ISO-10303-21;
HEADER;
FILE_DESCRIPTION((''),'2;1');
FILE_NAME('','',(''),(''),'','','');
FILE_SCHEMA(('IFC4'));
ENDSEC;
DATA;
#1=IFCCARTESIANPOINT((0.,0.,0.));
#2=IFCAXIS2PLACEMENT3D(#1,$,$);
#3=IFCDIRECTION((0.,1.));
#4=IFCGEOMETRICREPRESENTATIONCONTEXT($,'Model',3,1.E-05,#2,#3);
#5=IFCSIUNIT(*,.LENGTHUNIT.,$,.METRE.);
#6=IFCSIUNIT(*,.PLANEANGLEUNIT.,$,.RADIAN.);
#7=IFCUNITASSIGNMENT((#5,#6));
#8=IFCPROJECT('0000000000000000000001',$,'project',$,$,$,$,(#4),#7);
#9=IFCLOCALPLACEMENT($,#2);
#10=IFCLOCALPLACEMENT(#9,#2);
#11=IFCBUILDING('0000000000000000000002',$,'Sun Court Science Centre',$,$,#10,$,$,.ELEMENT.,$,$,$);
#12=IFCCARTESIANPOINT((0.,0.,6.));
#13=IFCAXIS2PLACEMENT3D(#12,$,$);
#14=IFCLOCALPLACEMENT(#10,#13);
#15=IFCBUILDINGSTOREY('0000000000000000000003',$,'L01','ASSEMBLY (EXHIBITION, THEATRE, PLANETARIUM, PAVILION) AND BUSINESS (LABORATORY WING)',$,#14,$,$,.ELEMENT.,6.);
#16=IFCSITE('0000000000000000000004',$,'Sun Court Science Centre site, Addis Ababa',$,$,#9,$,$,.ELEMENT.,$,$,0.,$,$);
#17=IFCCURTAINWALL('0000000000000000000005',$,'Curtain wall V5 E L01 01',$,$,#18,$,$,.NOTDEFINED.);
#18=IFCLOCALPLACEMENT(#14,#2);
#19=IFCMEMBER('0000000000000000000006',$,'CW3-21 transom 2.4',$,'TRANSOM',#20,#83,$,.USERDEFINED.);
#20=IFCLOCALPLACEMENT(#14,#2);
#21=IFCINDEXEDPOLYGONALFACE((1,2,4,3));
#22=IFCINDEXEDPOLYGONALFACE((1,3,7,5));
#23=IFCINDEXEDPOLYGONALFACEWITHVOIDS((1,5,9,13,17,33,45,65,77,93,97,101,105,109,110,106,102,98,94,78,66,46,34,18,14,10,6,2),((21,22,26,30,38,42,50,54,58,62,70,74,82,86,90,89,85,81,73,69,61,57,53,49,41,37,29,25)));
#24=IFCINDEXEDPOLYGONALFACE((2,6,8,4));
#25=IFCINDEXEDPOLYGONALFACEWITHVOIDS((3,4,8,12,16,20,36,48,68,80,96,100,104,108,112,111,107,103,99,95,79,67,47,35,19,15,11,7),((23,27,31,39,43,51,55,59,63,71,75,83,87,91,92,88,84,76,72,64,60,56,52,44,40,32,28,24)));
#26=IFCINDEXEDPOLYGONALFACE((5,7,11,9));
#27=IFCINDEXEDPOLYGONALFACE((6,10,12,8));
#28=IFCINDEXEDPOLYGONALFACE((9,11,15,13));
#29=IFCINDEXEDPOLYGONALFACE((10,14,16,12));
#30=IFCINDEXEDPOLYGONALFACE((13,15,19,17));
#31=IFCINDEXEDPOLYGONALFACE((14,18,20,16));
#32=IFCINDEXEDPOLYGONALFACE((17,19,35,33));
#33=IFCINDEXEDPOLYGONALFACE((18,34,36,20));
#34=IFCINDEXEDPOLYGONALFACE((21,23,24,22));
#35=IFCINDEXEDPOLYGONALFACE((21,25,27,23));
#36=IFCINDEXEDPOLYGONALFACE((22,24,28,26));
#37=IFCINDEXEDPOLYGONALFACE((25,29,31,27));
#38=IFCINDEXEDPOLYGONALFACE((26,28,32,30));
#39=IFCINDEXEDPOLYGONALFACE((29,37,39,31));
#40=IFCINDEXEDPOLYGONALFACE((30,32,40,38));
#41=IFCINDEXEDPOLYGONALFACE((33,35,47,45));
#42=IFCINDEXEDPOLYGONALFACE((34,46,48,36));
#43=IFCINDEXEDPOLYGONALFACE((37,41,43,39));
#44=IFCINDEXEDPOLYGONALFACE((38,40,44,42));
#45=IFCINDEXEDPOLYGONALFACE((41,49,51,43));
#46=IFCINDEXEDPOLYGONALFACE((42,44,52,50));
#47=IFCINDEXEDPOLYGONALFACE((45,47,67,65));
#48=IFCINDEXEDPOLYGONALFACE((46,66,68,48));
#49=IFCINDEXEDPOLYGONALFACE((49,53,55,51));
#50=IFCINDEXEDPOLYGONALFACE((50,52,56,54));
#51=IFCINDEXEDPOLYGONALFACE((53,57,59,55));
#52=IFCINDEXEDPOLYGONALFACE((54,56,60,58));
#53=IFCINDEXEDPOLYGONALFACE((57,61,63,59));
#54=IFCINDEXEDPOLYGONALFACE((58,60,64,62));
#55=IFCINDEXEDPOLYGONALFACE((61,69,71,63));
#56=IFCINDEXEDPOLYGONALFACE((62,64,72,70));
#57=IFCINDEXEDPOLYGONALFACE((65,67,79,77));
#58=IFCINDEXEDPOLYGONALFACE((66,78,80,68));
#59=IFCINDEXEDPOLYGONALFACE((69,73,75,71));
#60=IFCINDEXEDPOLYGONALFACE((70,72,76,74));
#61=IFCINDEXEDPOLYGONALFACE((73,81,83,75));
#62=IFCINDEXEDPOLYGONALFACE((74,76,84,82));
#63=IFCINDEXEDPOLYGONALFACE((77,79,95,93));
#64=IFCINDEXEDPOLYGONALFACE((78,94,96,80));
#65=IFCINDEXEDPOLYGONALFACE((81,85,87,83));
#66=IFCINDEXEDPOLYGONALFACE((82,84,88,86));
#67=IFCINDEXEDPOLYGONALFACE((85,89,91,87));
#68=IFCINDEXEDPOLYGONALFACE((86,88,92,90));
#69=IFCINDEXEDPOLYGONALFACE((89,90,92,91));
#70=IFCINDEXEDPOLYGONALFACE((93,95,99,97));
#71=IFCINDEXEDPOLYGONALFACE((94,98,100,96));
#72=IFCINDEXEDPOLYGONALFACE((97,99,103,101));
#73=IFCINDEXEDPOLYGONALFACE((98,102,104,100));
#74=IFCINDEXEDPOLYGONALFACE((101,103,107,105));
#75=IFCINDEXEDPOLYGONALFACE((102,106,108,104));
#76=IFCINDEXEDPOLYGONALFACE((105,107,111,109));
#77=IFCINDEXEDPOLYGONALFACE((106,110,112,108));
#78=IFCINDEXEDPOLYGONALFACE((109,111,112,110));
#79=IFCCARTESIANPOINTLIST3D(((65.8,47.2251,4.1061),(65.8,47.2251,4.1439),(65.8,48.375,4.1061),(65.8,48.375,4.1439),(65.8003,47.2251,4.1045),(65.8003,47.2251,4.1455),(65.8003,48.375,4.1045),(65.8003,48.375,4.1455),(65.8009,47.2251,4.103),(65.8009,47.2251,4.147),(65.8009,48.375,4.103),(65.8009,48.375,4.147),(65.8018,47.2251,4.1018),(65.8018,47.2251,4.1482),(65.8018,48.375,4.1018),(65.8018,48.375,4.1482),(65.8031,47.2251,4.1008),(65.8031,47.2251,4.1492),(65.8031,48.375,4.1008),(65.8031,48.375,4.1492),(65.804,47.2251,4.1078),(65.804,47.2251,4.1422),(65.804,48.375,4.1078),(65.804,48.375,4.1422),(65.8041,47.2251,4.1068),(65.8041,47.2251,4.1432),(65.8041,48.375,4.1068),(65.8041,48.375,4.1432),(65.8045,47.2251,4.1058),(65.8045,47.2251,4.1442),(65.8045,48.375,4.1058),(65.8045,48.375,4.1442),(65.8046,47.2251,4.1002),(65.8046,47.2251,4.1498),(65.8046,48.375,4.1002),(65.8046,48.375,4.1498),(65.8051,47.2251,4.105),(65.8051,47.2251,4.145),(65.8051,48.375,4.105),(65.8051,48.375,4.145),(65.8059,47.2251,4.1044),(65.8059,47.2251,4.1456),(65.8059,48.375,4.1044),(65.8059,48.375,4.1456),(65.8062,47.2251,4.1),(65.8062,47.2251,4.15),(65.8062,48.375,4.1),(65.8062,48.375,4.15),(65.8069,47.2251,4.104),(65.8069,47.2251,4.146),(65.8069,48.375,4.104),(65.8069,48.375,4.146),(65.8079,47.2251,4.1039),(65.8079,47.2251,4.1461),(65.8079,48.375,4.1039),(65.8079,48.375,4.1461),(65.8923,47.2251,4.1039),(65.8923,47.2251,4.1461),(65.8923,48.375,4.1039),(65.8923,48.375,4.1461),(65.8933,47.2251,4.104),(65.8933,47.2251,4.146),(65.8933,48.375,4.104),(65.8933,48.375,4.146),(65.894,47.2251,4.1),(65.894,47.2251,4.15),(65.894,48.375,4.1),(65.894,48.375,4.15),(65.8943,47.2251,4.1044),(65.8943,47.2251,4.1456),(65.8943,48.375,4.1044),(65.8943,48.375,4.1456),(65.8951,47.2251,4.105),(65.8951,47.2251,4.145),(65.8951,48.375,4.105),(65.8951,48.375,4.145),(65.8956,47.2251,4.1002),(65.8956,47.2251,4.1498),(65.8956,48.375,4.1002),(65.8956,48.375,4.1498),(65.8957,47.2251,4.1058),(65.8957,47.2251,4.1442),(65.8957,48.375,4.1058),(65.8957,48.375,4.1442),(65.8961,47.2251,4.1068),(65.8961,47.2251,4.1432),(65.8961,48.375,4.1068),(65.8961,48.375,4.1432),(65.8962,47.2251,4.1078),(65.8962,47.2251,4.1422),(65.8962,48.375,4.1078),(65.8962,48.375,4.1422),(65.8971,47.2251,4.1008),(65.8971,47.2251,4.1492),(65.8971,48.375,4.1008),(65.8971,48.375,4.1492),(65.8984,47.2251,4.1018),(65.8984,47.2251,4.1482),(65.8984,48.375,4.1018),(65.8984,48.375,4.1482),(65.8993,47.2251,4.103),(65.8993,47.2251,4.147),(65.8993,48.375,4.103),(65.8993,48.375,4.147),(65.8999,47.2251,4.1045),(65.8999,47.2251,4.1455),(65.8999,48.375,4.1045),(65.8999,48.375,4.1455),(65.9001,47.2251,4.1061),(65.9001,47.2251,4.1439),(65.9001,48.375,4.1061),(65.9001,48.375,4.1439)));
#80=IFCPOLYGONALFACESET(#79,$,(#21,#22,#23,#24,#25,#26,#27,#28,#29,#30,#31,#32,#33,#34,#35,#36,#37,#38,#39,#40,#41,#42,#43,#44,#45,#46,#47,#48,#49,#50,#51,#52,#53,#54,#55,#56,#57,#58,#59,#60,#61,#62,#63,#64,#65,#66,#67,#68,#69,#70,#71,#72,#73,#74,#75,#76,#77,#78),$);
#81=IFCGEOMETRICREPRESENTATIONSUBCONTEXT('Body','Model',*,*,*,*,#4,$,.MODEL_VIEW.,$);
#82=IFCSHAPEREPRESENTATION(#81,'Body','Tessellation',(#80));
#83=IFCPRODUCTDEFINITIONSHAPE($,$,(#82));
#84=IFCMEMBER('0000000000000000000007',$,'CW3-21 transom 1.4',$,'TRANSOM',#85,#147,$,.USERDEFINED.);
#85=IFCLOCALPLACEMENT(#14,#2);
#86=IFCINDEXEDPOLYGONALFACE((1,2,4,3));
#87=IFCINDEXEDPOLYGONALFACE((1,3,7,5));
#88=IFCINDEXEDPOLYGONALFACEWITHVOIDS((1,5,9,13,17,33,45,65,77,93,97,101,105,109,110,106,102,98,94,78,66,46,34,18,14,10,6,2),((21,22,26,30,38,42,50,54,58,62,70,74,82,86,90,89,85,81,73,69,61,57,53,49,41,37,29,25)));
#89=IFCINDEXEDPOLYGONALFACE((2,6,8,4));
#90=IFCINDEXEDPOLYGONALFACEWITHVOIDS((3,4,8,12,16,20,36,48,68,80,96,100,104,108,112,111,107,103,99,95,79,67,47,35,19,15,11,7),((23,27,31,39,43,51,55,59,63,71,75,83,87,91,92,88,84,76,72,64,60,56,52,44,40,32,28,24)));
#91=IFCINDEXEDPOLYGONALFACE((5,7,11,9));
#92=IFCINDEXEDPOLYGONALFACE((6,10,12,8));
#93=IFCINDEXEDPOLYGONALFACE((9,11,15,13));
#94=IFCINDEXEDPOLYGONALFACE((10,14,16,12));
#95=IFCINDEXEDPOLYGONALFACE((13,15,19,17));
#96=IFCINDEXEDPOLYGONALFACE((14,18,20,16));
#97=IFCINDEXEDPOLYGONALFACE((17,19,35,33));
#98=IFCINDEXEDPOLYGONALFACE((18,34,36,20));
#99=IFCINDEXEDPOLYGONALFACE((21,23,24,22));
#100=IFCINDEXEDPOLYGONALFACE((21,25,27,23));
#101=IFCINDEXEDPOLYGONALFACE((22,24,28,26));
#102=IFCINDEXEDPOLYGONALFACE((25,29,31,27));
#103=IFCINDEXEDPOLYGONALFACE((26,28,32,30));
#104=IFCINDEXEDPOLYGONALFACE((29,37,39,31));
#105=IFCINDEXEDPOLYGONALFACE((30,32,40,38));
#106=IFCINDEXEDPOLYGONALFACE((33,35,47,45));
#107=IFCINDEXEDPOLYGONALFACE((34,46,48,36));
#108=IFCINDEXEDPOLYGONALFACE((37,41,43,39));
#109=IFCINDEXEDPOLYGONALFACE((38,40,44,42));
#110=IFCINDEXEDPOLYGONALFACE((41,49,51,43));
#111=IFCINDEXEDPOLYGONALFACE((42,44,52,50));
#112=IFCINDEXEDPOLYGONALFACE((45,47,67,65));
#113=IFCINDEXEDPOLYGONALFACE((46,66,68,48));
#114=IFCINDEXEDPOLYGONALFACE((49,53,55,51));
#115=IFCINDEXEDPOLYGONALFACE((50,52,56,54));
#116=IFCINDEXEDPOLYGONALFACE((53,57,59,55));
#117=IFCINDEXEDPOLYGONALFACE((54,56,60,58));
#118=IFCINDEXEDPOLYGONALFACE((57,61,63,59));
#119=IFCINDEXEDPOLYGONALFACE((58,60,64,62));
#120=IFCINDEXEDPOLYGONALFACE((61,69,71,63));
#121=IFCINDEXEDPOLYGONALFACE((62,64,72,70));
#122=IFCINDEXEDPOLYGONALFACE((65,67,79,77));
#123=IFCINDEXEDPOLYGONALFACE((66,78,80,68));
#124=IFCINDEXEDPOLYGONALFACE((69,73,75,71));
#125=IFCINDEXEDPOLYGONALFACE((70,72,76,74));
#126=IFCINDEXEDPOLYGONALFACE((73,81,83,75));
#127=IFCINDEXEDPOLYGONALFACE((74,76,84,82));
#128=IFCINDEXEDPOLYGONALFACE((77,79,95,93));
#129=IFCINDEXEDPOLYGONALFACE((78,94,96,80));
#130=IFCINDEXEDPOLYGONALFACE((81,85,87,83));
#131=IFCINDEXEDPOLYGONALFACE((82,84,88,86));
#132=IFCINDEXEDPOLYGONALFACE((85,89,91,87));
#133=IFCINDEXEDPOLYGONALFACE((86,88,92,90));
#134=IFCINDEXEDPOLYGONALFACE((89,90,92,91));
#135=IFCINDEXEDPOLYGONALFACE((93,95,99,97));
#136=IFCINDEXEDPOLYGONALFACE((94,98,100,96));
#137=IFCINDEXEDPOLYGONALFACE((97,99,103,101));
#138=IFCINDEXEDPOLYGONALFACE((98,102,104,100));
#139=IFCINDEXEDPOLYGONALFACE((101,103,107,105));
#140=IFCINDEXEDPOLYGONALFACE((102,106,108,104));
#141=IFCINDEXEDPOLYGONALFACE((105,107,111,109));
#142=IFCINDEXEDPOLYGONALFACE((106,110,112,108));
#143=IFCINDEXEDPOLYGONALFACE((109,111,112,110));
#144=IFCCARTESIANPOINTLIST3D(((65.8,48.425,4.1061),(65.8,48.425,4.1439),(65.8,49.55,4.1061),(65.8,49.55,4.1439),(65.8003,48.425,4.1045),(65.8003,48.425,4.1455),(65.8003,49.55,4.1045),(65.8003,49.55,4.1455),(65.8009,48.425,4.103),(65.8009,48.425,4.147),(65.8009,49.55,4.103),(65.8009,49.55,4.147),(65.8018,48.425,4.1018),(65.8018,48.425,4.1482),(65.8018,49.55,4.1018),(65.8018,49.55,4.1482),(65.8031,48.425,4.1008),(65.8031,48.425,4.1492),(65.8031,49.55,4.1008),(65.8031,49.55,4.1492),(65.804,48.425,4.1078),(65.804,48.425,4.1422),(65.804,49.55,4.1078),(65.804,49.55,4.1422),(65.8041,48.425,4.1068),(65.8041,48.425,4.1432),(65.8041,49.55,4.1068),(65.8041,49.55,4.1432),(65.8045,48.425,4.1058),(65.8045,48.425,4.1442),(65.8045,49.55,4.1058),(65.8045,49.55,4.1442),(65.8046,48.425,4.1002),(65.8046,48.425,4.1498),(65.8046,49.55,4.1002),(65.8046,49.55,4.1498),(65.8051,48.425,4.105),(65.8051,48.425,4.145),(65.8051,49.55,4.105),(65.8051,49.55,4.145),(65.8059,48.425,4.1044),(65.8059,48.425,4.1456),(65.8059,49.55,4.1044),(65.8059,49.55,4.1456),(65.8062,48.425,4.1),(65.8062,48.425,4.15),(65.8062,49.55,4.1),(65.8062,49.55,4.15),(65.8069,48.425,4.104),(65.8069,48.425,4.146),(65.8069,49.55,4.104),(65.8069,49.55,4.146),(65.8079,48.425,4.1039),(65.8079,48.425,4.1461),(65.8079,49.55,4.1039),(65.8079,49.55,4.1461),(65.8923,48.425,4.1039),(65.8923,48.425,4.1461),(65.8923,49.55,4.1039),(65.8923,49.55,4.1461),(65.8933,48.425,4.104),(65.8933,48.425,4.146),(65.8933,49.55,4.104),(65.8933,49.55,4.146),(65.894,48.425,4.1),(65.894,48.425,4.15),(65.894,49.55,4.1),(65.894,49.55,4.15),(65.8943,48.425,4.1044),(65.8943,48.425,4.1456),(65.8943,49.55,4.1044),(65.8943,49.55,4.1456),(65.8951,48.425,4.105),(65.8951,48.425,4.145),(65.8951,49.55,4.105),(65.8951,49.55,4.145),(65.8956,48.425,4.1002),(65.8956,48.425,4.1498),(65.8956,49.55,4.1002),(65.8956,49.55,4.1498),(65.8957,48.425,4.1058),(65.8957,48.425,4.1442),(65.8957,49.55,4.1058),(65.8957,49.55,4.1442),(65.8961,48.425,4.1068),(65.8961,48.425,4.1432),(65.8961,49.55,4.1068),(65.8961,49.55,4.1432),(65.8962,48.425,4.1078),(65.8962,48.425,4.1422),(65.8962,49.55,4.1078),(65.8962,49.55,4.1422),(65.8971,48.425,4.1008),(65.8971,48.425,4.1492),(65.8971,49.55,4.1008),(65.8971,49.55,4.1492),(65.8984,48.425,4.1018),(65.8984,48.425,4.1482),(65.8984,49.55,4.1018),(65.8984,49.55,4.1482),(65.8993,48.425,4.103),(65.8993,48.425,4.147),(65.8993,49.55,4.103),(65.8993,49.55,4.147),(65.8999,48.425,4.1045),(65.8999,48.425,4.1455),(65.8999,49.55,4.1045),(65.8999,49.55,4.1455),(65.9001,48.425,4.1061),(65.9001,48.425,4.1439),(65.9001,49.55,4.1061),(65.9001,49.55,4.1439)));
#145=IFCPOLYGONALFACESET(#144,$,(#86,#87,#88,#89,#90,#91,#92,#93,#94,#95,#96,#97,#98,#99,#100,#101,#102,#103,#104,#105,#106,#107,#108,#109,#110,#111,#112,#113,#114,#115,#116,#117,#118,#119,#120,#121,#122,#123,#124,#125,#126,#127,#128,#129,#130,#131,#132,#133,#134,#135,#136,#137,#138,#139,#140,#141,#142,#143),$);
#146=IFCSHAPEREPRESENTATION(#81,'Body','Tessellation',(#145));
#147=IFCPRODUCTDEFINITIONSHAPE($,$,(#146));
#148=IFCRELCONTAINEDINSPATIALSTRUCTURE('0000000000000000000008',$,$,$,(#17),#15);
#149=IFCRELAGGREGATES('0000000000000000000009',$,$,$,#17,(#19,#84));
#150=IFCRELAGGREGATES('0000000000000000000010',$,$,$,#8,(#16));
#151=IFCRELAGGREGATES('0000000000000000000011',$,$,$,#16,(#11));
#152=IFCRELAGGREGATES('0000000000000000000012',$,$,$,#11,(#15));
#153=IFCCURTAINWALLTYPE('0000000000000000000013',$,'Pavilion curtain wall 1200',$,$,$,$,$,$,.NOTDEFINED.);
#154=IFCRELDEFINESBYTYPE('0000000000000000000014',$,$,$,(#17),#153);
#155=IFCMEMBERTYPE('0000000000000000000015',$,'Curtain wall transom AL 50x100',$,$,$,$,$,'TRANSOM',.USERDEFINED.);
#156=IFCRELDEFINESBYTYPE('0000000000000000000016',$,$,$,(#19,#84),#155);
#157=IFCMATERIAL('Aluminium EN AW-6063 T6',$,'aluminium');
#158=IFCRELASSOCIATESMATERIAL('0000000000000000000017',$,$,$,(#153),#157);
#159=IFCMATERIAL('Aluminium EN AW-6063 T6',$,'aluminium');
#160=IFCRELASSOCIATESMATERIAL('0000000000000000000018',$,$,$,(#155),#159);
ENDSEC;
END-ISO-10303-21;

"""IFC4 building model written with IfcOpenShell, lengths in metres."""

from ifc_helpers import new_model, si_unit, direction, frame, origin, origin_2d, place, context, subcontext, project, spatial, hollow_rectangle, extrude, material, material_profile, profile_set, type_object, element, aggregate, save


model = new_model("IFC4")

# Units and contexts
model_context = context("Model", 3, precision=1e-05, world=origin(), true_north=direction((0.0, 1.0)))
body_context = subcontext(model_context, "Body", "Model", "MODEL_VIEW")
ifc_project = project(units=[si_unit("LENGTHUNIT", "METRE"), si_unit("PLANEANGLEUNIT", "RADIAN")], contexts=[model_context])

# Site, building, storey
site_placement = place(None, origin())
site = spatial("IfcSite", under=ifc_project, at=site_placement, Name="Sun Court Science Centre site, Addis Ababa", CompositionType="ELEMENT", RefElevation=0.0)
building_placement = place(site_placement, origin())
building = spatial("IfcBuilding", under=site, at=building_placement, Name="Sun Court Science Centre", CompositionType="ELEMENT")
storey_placement = place(building_placement, frame((0.0, 0.0, 6.0)))
storey = spatial("IfcBuildingStorey", under=building, at=storey_placement, Name="L01", Description="ASSEMBLY (EXHIBITION, THEATRE, PLANETARIUM, PAVILION) AND BUSINESS (LABORATORY WING)", CompositionType="ELEMENT", Elevation=6.0)

# Shared definitions
ifc_material_1 = material(Name="Aluminium EN AW-6063 T6", Category="aluminium")
curtain_wall_type_1 = type_object("IfcCurtainWallType", Name="Pavilion curtain wall 1200", PredefinedType="NOTDEFINED", material=ifc_material_1)

# Curtain wall
curtain_wall_1_placement = place(storey_placement, origin())
curtain_wall_1 = element("IfcCurtainWall", 1, at=curtain_wall_1_placement, inside=storey, type_object=curtain_wall_type_1, Name="Curtain wall V5 E L01 01", PredefinedType="NOTDEFINED")

# Members
ifc_material_2 = material(Name="Aluminium EN AW-6063 T6", Category="aluminium")
ifc_material_profile_1 = material_profile(ifc_material_2, hollow_rectangle(XDim=0.05, YDim=0.1001, WallThickness=0.0039, InnerFilletRadius=0.0039, OuterFilletRadius=0.0061, at=origin_2d()), Name="AL 50x100x4")
ifc_profile_set_1 = profile_set([ifc_material_profile_1], Name="Aluminium EN AW-6063 T6")
member_type_1 = type_object("IfcMemberType", Name="Curtain wall transom AL 50x100", ElementType="TRANSOM", PredefinedType="USERDEFINED", material=ifc_profile_set_1)
member_1_placement = place(storey_placement, frame((65.8501, 48.375, 4.125), z_axis=(0.0, -1.0, 0.0), x_axis=(0.0, 0.0, 1.0)))
member_1 = element("IfcMember", 2, at=member_1_placement, type_object=member_type_1, Name="CW3-21 transom 2.4", ObjectType="TRANSOM", PredefinedType="USERDEFINED", context=body_context, shape_type="SweptSolid", body=[
    extrude(hollow_rectangle(XDim=0.05, YDim=0.1001, WallThickness=0.0039, InnerFilletRadius=0.0039, OuterFilletRadius=0.0061, at=origin_2d()), origin(), (0.0, 0.0, 1.0), 1.1499),
])
member_2_placement = place(storey_placement, frame((65.8501, 49.55, 4.125), z_axis=(0.0, -1.0, 0.0), x_axis=(0.0, 0.0, 1.0)))
member_2 = element("IfcMember", 3, at=member_2_placement, type_object=member_type_1, Name="CW3-21 transom 1.4", ObjectType="TRANSOM", PredefinedType="USERDEFINED", context=body_context, shape_type="SweptSolid", body=[
    extrude(hollow_rectangle(XDim=0.05, YDim=0.1001, WallThickness=0.0039, InnerFilletRadius=0.0039, OuterFilletRadius=0.0061, at=origin_2d()), origin(), (0.0, 0.0, 1.0), 1.125),
])

aggregate(curtain_wall_1, [member_1, member_2])

save(model, "model.ifc")
